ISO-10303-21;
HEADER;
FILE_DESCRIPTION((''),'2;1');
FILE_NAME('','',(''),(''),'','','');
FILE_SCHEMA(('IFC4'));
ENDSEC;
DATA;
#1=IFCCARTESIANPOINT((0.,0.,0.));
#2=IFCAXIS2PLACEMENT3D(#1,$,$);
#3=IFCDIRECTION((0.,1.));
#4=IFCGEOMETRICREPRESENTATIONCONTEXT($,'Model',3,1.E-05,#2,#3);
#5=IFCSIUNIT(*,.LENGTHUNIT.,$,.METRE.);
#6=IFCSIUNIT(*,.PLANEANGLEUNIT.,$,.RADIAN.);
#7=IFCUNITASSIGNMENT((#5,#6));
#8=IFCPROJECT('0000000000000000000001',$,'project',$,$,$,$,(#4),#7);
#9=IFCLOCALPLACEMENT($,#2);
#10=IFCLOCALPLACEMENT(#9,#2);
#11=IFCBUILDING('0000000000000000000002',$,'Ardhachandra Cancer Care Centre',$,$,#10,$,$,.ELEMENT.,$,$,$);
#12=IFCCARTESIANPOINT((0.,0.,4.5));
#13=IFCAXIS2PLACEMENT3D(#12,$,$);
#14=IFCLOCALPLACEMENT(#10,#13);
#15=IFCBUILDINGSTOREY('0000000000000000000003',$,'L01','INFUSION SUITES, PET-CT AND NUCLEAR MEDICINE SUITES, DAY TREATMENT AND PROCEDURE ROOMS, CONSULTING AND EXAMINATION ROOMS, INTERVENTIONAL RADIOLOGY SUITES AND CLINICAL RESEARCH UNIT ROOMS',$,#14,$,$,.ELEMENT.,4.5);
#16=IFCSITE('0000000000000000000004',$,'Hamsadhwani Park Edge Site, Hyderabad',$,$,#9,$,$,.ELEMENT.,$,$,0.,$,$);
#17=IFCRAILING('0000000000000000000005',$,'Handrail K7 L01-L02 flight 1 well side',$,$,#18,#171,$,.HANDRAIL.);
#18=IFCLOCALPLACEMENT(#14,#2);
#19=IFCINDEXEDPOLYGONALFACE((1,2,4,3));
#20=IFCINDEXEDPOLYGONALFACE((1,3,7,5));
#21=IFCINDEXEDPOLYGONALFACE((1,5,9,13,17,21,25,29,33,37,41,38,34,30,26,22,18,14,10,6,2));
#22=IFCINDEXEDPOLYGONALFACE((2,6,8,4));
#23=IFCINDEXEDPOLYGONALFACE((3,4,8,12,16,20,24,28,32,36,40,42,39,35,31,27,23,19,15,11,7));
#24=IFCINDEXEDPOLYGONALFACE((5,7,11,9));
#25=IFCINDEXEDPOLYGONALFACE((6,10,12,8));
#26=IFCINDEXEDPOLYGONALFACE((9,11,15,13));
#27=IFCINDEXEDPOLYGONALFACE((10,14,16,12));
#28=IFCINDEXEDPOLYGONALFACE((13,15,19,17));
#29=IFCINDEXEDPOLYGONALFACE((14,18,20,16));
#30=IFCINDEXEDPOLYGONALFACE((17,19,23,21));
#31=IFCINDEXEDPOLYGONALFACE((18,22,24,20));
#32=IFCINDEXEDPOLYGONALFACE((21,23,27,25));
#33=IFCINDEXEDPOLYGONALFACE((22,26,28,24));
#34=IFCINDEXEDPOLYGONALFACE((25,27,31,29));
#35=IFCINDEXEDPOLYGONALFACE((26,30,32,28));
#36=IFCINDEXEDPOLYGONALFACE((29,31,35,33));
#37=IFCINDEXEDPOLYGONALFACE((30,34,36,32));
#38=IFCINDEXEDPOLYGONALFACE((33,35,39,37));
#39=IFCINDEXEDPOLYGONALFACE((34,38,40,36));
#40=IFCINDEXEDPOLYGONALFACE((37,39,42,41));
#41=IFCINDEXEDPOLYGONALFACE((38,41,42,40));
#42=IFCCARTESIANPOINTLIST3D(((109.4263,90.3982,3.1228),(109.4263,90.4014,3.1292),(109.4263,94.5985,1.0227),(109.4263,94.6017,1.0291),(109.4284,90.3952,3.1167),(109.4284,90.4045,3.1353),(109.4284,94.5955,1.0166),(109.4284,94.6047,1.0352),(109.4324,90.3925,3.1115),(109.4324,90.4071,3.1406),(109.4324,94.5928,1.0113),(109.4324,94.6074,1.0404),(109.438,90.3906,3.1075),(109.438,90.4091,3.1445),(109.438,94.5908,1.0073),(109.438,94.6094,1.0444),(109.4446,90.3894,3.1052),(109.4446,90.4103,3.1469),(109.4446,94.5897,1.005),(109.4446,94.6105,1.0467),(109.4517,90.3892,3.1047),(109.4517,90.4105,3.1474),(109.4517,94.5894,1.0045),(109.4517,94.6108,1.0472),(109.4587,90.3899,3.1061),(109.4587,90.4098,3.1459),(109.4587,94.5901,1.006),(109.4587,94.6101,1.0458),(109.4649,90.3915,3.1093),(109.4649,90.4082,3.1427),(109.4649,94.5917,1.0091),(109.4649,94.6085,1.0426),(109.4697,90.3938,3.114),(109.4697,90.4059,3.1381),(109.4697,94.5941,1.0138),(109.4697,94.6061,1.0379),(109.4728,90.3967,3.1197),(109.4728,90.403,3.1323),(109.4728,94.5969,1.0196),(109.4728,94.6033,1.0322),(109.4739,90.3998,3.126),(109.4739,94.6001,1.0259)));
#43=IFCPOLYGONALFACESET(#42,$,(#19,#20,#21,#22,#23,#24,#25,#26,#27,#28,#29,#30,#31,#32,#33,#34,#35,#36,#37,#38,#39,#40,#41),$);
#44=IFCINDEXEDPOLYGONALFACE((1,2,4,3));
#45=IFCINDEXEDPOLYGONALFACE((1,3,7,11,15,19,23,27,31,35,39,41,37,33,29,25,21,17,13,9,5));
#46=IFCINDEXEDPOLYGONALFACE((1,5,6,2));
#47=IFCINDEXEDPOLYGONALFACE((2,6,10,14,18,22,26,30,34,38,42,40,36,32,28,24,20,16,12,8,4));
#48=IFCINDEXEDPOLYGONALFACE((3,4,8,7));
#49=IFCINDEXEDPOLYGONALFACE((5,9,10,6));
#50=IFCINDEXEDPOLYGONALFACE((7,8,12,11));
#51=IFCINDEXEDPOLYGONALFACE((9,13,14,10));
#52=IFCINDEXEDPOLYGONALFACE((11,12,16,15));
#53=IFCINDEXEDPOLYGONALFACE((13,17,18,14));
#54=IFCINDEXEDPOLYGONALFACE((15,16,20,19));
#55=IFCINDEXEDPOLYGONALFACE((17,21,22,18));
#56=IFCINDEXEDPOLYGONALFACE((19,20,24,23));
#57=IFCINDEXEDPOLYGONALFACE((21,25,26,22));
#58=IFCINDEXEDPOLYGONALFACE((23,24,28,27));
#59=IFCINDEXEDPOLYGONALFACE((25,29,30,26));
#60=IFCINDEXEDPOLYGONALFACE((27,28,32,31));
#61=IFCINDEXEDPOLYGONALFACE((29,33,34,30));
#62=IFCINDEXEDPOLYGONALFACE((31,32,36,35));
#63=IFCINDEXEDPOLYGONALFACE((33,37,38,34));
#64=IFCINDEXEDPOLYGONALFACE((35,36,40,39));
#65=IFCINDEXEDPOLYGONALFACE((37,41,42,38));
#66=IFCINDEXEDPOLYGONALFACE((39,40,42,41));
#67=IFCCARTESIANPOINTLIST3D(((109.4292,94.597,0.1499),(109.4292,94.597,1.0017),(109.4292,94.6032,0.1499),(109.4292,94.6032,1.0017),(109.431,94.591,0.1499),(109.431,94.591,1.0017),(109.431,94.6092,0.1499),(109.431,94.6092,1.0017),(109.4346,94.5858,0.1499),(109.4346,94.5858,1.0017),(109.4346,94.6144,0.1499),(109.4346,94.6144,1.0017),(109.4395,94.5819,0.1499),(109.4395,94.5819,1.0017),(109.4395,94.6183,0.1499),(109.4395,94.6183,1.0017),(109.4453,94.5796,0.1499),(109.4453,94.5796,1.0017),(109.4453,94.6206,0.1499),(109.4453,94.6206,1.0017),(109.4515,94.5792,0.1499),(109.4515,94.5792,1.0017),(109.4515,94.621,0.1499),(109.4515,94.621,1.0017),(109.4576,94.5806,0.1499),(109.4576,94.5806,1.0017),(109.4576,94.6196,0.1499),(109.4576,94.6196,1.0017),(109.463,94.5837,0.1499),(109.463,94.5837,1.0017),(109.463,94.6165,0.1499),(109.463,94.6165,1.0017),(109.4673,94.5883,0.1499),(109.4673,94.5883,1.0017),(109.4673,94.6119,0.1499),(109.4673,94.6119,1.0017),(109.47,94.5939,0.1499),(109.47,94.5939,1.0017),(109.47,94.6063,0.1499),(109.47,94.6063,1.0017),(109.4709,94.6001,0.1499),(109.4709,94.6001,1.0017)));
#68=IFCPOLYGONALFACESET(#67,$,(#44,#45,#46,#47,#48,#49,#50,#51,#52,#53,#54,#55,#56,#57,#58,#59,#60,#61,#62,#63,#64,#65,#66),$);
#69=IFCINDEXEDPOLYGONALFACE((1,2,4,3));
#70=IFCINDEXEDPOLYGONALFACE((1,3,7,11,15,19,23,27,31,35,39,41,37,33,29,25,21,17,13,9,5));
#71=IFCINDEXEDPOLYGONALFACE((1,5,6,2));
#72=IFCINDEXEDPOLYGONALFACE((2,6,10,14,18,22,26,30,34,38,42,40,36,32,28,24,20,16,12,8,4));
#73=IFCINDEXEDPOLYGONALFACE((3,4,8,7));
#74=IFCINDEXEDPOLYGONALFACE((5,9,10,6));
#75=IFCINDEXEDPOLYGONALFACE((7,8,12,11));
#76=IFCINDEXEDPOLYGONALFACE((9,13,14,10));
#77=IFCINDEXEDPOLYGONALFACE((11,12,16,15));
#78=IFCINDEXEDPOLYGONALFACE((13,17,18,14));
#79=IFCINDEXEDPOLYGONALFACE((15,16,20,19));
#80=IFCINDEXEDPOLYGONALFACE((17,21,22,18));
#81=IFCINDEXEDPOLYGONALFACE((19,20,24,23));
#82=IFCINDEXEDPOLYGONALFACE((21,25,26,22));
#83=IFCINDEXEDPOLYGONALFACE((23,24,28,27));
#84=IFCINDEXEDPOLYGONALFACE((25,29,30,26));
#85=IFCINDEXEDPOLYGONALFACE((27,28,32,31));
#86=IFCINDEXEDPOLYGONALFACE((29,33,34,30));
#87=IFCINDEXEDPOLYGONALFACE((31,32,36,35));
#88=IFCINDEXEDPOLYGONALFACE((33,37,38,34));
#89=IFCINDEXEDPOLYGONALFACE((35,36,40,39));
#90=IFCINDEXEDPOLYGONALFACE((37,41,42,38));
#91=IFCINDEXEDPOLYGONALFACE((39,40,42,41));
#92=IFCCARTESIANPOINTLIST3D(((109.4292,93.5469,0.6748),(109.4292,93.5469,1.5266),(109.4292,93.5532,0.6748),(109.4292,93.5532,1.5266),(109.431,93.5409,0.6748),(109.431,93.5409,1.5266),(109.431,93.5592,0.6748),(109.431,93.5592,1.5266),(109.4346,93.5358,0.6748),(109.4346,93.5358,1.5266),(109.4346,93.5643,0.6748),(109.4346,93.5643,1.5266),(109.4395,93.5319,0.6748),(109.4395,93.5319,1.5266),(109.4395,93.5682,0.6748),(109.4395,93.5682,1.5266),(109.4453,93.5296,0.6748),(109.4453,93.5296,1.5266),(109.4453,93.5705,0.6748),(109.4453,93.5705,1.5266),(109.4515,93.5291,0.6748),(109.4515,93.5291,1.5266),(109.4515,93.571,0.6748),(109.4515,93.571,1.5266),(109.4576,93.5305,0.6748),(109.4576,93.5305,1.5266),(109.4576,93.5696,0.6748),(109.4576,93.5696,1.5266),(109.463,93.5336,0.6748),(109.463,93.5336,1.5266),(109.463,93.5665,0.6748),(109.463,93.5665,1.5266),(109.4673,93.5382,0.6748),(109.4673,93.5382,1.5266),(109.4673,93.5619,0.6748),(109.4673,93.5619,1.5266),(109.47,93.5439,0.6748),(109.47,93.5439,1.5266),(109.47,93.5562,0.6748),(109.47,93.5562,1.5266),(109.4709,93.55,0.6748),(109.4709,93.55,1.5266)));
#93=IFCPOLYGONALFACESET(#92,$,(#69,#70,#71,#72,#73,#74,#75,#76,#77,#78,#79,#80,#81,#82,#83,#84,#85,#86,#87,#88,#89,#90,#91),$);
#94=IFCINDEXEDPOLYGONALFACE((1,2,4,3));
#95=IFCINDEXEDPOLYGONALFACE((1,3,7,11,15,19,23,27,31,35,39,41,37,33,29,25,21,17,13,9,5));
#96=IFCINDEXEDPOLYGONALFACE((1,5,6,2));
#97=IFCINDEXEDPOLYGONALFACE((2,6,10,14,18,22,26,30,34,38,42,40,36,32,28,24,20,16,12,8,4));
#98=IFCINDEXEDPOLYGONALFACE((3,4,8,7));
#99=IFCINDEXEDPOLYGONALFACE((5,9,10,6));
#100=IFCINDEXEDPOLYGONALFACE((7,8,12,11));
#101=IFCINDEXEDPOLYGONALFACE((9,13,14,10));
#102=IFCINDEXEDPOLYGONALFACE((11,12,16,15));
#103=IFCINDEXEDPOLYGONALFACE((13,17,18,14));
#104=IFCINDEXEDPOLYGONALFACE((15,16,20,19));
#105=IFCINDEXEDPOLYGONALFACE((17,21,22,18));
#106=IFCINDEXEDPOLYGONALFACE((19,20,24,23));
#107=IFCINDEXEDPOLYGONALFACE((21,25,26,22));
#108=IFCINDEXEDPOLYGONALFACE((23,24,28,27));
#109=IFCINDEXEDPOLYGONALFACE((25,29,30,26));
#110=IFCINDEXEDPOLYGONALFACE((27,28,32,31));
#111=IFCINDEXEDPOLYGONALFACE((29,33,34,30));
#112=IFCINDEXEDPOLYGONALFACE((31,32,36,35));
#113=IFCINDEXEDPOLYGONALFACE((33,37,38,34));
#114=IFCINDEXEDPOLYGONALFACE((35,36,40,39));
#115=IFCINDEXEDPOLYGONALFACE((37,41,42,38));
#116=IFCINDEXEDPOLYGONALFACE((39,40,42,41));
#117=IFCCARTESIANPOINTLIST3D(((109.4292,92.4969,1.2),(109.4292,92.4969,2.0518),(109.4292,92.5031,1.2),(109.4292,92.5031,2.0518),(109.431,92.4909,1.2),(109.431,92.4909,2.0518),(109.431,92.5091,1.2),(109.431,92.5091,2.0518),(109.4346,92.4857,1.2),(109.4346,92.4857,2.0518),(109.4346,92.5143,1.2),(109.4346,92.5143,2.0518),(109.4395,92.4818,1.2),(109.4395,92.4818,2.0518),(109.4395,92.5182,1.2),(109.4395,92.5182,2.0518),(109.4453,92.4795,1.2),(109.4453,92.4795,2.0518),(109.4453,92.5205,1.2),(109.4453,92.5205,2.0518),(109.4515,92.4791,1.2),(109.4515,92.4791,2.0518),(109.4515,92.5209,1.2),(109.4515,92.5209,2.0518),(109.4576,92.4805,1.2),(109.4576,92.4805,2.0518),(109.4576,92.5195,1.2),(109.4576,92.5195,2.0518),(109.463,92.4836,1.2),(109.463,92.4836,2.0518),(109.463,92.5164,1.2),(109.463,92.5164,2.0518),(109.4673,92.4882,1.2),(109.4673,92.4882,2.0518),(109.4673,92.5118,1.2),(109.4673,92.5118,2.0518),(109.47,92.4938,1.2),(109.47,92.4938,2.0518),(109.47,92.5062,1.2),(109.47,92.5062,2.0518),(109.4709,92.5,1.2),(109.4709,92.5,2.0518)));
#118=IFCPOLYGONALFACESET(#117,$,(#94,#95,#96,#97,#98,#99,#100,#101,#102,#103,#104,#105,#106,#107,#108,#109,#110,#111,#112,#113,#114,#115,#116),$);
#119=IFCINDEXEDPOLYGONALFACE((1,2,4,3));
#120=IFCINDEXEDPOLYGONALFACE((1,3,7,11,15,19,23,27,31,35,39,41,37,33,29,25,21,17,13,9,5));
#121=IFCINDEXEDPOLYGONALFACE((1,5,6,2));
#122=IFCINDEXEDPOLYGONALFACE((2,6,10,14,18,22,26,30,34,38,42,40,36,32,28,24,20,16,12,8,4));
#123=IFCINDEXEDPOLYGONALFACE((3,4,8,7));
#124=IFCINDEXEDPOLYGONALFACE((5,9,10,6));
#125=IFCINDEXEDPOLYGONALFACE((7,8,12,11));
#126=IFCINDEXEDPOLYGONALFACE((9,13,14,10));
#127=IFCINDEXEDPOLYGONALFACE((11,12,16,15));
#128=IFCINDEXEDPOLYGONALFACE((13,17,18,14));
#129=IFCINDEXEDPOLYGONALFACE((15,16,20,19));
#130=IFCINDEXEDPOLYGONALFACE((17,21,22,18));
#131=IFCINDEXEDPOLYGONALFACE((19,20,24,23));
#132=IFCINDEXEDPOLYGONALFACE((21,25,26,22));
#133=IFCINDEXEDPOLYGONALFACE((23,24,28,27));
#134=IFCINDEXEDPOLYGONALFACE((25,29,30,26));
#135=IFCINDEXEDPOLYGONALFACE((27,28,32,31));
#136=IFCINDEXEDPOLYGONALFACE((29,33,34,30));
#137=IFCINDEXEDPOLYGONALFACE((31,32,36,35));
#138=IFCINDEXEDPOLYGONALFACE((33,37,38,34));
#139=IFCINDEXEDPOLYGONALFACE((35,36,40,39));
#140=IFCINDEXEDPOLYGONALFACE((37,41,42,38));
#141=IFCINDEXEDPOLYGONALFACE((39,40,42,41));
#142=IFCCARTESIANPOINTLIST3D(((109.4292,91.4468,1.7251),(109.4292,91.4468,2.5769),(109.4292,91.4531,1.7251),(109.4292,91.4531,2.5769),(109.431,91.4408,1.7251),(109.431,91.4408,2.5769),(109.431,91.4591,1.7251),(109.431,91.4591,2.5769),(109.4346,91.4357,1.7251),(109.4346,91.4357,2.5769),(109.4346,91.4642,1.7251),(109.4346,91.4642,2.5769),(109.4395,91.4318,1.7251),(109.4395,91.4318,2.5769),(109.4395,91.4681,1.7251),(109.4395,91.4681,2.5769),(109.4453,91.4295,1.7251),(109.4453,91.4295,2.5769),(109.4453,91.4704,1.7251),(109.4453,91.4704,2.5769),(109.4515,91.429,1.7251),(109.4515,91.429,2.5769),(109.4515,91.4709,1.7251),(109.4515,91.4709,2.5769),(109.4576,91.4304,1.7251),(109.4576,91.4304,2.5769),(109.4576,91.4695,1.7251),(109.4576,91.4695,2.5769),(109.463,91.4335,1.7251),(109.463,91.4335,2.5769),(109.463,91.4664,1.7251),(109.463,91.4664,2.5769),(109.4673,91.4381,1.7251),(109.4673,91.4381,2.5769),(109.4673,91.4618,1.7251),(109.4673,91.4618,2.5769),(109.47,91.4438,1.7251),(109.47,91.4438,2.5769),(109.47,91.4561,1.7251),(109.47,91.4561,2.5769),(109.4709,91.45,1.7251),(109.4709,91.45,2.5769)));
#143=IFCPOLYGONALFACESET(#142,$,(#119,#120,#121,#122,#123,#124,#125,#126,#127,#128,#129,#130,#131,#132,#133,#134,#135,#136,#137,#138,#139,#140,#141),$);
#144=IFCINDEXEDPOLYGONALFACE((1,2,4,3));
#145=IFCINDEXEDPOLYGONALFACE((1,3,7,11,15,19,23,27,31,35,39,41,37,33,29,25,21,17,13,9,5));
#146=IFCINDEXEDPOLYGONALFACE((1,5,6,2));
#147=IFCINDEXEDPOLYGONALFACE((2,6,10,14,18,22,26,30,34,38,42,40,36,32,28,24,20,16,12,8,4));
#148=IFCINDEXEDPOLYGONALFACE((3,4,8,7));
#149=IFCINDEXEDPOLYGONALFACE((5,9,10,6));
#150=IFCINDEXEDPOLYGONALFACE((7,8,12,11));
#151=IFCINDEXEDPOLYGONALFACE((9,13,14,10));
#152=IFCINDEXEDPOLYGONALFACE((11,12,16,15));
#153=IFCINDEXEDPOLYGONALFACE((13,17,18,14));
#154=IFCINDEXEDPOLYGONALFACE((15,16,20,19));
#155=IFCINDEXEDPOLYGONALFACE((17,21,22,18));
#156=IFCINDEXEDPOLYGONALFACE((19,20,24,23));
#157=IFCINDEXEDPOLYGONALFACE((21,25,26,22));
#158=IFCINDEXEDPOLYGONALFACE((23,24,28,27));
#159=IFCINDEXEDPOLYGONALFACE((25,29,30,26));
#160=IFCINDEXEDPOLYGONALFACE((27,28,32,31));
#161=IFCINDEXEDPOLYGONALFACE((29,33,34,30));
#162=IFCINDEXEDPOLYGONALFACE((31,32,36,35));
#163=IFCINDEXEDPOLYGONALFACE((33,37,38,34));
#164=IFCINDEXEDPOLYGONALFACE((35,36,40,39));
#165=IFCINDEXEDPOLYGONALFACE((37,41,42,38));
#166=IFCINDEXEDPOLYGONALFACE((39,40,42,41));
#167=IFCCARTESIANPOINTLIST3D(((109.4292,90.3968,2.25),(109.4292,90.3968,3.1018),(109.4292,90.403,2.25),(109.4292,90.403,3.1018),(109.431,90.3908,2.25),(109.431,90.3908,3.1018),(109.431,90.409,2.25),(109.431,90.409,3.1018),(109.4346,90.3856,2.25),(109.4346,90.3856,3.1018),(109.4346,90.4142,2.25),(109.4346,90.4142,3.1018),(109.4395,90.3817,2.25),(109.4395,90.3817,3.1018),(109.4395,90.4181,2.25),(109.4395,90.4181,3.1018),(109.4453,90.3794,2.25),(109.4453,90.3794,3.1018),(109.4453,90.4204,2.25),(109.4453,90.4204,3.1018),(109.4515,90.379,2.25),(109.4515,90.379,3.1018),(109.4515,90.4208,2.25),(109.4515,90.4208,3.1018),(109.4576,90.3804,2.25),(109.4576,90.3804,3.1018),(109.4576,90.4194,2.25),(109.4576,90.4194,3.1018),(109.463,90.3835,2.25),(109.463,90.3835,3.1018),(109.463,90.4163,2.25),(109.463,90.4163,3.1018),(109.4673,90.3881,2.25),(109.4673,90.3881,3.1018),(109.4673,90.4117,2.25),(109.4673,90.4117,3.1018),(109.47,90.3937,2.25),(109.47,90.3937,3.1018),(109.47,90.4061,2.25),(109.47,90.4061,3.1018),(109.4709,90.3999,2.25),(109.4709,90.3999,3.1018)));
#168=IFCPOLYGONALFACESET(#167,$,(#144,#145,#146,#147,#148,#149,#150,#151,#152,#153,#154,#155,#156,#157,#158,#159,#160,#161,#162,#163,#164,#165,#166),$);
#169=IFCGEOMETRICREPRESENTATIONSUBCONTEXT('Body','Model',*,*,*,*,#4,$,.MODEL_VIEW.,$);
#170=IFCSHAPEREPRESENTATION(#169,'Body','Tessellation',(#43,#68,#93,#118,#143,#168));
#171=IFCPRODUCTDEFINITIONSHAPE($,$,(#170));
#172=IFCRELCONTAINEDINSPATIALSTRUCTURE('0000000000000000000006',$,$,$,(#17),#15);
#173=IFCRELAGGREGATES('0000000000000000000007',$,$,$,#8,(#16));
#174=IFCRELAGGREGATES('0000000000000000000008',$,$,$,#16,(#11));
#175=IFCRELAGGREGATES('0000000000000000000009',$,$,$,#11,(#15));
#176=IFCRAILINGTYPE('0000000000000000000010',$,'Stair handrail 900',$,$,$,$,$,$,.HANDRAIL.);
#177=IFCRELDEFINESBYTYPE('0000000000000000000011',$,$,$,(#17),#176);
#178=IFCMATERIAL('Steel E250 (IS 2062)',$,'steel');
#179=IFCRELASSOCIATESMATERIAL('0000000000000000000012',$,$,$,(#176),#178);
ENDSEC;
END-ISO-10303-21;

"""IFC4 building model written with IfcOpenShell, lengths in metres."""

from ifc_helpers import new_model, si_unit, direction, frame, origin, origin_2d, place, context, subcontext, project, spatial, circle, extrude, material, type_object, element, save


model = new_model("IFC4")

# Units and contexts
model_context = context("Model", 3, precision=1e-05, world=origin(), true_north=direction((0.0, 1.0)))
body_context = subcontext(model_context, "Body", "Model", "MODEL_VIEW")
ifc_project = project(units=[si_unit("LENGTHUNIT", "METRE"), si_unit("PLANEANGLEUNIT", "RADIAN")], contexts=[model_context])

# Site, building, storey
site_placement = place(None, origin())
site = spatial("IfcSite", under=ifc_project, at=site_placement, Name="Hamsadhwani Park Edge Site, Hyderabad", CompositionType="ELEMENT", RefElevation=0.0)
building_placement = place(site_placement, origin())
building = spatial("IfcBuilding", under=site, at=building_placement, Name="Ardhachandra Cancer Care Centre", CompositionType="ELEMENT")
storey_placement = place(building_placement, frame((0.0, 0.0, 4.5)))
storey = spatial("IfcBuildingStorey", under=building, at=storey_placement, Name="L01", Description="INFUSION SUITES, PET-CT AND NUCLEAR MEDICINE SUITES, DAY TREATMENT AND PROCEDURE ROOMS, CONSULTING AND EXAMINATION ROOMS, INTERVENTIONAL RADIOLOGY SUITES AND CLINICAL RESEARCH UNIT ROOMS", CompositionType="ELEMENT", Elevation=4.5)

# Railing
ifc_material_1 = material(Name="Steel E250 (IS 2062)", Category="steel")
railing_type_1 = type_object("IfcRailingType", Name="Stair handrail 900", PredefinedType="HANDRAIL", material=ifc_material_1)
for number, where, name in (
    (1, (109.45, 94.6001, 0.1499), "Handrail K7 L01-L02 flight 1 well side"),
):
    element("IfcRailing", number, at=place(storey_placement, frame(where)), inside=storey, type_object=railing_type_1, Name=name, PredefinedType="HANDRAIL", context=body_context, shape_type="SweptSolid", body=[
        extrude(circle(Radius=0.0239, at=origin_2d()), frame((0.0, 0.0, 0.876), z_axis=(0.0, -0.894427, 0.447214), x_axis=(1.0, 0.0, 0.0)), (0.0, 0.0, 1.0), 4.696),
        extrude(circle(Radius=0.021, at=origin_2d()), origin(), (0.0, 0.0, 1.0), 0.8518),
        extrude(circle(Radius=0.021, at=origin_2d()), frame((0.0, -1.05, 0.5249)), (0.0, 0.0, 1.0), 0.8518),
        extrude(circle(Radius=0.021, at=origin_2d()), frame((0.0, -2.1001, 1.05)), (0.0, 0.0, 1.0), 0.8518),
        extrude(circle(Radius=0.021, at=origin_2d()), frame((0.0, -3.1501, 1.5752)), (0.0, 0.0, 1.0), 0.8518),
        extrude(circle(Radius=0.021, at=origin_2d()), frame((0.0, -4.2002, 2.1001)), (0.0, 0.0, 1.0), 0.8518),
    ])

save(model, "model.ifc")
